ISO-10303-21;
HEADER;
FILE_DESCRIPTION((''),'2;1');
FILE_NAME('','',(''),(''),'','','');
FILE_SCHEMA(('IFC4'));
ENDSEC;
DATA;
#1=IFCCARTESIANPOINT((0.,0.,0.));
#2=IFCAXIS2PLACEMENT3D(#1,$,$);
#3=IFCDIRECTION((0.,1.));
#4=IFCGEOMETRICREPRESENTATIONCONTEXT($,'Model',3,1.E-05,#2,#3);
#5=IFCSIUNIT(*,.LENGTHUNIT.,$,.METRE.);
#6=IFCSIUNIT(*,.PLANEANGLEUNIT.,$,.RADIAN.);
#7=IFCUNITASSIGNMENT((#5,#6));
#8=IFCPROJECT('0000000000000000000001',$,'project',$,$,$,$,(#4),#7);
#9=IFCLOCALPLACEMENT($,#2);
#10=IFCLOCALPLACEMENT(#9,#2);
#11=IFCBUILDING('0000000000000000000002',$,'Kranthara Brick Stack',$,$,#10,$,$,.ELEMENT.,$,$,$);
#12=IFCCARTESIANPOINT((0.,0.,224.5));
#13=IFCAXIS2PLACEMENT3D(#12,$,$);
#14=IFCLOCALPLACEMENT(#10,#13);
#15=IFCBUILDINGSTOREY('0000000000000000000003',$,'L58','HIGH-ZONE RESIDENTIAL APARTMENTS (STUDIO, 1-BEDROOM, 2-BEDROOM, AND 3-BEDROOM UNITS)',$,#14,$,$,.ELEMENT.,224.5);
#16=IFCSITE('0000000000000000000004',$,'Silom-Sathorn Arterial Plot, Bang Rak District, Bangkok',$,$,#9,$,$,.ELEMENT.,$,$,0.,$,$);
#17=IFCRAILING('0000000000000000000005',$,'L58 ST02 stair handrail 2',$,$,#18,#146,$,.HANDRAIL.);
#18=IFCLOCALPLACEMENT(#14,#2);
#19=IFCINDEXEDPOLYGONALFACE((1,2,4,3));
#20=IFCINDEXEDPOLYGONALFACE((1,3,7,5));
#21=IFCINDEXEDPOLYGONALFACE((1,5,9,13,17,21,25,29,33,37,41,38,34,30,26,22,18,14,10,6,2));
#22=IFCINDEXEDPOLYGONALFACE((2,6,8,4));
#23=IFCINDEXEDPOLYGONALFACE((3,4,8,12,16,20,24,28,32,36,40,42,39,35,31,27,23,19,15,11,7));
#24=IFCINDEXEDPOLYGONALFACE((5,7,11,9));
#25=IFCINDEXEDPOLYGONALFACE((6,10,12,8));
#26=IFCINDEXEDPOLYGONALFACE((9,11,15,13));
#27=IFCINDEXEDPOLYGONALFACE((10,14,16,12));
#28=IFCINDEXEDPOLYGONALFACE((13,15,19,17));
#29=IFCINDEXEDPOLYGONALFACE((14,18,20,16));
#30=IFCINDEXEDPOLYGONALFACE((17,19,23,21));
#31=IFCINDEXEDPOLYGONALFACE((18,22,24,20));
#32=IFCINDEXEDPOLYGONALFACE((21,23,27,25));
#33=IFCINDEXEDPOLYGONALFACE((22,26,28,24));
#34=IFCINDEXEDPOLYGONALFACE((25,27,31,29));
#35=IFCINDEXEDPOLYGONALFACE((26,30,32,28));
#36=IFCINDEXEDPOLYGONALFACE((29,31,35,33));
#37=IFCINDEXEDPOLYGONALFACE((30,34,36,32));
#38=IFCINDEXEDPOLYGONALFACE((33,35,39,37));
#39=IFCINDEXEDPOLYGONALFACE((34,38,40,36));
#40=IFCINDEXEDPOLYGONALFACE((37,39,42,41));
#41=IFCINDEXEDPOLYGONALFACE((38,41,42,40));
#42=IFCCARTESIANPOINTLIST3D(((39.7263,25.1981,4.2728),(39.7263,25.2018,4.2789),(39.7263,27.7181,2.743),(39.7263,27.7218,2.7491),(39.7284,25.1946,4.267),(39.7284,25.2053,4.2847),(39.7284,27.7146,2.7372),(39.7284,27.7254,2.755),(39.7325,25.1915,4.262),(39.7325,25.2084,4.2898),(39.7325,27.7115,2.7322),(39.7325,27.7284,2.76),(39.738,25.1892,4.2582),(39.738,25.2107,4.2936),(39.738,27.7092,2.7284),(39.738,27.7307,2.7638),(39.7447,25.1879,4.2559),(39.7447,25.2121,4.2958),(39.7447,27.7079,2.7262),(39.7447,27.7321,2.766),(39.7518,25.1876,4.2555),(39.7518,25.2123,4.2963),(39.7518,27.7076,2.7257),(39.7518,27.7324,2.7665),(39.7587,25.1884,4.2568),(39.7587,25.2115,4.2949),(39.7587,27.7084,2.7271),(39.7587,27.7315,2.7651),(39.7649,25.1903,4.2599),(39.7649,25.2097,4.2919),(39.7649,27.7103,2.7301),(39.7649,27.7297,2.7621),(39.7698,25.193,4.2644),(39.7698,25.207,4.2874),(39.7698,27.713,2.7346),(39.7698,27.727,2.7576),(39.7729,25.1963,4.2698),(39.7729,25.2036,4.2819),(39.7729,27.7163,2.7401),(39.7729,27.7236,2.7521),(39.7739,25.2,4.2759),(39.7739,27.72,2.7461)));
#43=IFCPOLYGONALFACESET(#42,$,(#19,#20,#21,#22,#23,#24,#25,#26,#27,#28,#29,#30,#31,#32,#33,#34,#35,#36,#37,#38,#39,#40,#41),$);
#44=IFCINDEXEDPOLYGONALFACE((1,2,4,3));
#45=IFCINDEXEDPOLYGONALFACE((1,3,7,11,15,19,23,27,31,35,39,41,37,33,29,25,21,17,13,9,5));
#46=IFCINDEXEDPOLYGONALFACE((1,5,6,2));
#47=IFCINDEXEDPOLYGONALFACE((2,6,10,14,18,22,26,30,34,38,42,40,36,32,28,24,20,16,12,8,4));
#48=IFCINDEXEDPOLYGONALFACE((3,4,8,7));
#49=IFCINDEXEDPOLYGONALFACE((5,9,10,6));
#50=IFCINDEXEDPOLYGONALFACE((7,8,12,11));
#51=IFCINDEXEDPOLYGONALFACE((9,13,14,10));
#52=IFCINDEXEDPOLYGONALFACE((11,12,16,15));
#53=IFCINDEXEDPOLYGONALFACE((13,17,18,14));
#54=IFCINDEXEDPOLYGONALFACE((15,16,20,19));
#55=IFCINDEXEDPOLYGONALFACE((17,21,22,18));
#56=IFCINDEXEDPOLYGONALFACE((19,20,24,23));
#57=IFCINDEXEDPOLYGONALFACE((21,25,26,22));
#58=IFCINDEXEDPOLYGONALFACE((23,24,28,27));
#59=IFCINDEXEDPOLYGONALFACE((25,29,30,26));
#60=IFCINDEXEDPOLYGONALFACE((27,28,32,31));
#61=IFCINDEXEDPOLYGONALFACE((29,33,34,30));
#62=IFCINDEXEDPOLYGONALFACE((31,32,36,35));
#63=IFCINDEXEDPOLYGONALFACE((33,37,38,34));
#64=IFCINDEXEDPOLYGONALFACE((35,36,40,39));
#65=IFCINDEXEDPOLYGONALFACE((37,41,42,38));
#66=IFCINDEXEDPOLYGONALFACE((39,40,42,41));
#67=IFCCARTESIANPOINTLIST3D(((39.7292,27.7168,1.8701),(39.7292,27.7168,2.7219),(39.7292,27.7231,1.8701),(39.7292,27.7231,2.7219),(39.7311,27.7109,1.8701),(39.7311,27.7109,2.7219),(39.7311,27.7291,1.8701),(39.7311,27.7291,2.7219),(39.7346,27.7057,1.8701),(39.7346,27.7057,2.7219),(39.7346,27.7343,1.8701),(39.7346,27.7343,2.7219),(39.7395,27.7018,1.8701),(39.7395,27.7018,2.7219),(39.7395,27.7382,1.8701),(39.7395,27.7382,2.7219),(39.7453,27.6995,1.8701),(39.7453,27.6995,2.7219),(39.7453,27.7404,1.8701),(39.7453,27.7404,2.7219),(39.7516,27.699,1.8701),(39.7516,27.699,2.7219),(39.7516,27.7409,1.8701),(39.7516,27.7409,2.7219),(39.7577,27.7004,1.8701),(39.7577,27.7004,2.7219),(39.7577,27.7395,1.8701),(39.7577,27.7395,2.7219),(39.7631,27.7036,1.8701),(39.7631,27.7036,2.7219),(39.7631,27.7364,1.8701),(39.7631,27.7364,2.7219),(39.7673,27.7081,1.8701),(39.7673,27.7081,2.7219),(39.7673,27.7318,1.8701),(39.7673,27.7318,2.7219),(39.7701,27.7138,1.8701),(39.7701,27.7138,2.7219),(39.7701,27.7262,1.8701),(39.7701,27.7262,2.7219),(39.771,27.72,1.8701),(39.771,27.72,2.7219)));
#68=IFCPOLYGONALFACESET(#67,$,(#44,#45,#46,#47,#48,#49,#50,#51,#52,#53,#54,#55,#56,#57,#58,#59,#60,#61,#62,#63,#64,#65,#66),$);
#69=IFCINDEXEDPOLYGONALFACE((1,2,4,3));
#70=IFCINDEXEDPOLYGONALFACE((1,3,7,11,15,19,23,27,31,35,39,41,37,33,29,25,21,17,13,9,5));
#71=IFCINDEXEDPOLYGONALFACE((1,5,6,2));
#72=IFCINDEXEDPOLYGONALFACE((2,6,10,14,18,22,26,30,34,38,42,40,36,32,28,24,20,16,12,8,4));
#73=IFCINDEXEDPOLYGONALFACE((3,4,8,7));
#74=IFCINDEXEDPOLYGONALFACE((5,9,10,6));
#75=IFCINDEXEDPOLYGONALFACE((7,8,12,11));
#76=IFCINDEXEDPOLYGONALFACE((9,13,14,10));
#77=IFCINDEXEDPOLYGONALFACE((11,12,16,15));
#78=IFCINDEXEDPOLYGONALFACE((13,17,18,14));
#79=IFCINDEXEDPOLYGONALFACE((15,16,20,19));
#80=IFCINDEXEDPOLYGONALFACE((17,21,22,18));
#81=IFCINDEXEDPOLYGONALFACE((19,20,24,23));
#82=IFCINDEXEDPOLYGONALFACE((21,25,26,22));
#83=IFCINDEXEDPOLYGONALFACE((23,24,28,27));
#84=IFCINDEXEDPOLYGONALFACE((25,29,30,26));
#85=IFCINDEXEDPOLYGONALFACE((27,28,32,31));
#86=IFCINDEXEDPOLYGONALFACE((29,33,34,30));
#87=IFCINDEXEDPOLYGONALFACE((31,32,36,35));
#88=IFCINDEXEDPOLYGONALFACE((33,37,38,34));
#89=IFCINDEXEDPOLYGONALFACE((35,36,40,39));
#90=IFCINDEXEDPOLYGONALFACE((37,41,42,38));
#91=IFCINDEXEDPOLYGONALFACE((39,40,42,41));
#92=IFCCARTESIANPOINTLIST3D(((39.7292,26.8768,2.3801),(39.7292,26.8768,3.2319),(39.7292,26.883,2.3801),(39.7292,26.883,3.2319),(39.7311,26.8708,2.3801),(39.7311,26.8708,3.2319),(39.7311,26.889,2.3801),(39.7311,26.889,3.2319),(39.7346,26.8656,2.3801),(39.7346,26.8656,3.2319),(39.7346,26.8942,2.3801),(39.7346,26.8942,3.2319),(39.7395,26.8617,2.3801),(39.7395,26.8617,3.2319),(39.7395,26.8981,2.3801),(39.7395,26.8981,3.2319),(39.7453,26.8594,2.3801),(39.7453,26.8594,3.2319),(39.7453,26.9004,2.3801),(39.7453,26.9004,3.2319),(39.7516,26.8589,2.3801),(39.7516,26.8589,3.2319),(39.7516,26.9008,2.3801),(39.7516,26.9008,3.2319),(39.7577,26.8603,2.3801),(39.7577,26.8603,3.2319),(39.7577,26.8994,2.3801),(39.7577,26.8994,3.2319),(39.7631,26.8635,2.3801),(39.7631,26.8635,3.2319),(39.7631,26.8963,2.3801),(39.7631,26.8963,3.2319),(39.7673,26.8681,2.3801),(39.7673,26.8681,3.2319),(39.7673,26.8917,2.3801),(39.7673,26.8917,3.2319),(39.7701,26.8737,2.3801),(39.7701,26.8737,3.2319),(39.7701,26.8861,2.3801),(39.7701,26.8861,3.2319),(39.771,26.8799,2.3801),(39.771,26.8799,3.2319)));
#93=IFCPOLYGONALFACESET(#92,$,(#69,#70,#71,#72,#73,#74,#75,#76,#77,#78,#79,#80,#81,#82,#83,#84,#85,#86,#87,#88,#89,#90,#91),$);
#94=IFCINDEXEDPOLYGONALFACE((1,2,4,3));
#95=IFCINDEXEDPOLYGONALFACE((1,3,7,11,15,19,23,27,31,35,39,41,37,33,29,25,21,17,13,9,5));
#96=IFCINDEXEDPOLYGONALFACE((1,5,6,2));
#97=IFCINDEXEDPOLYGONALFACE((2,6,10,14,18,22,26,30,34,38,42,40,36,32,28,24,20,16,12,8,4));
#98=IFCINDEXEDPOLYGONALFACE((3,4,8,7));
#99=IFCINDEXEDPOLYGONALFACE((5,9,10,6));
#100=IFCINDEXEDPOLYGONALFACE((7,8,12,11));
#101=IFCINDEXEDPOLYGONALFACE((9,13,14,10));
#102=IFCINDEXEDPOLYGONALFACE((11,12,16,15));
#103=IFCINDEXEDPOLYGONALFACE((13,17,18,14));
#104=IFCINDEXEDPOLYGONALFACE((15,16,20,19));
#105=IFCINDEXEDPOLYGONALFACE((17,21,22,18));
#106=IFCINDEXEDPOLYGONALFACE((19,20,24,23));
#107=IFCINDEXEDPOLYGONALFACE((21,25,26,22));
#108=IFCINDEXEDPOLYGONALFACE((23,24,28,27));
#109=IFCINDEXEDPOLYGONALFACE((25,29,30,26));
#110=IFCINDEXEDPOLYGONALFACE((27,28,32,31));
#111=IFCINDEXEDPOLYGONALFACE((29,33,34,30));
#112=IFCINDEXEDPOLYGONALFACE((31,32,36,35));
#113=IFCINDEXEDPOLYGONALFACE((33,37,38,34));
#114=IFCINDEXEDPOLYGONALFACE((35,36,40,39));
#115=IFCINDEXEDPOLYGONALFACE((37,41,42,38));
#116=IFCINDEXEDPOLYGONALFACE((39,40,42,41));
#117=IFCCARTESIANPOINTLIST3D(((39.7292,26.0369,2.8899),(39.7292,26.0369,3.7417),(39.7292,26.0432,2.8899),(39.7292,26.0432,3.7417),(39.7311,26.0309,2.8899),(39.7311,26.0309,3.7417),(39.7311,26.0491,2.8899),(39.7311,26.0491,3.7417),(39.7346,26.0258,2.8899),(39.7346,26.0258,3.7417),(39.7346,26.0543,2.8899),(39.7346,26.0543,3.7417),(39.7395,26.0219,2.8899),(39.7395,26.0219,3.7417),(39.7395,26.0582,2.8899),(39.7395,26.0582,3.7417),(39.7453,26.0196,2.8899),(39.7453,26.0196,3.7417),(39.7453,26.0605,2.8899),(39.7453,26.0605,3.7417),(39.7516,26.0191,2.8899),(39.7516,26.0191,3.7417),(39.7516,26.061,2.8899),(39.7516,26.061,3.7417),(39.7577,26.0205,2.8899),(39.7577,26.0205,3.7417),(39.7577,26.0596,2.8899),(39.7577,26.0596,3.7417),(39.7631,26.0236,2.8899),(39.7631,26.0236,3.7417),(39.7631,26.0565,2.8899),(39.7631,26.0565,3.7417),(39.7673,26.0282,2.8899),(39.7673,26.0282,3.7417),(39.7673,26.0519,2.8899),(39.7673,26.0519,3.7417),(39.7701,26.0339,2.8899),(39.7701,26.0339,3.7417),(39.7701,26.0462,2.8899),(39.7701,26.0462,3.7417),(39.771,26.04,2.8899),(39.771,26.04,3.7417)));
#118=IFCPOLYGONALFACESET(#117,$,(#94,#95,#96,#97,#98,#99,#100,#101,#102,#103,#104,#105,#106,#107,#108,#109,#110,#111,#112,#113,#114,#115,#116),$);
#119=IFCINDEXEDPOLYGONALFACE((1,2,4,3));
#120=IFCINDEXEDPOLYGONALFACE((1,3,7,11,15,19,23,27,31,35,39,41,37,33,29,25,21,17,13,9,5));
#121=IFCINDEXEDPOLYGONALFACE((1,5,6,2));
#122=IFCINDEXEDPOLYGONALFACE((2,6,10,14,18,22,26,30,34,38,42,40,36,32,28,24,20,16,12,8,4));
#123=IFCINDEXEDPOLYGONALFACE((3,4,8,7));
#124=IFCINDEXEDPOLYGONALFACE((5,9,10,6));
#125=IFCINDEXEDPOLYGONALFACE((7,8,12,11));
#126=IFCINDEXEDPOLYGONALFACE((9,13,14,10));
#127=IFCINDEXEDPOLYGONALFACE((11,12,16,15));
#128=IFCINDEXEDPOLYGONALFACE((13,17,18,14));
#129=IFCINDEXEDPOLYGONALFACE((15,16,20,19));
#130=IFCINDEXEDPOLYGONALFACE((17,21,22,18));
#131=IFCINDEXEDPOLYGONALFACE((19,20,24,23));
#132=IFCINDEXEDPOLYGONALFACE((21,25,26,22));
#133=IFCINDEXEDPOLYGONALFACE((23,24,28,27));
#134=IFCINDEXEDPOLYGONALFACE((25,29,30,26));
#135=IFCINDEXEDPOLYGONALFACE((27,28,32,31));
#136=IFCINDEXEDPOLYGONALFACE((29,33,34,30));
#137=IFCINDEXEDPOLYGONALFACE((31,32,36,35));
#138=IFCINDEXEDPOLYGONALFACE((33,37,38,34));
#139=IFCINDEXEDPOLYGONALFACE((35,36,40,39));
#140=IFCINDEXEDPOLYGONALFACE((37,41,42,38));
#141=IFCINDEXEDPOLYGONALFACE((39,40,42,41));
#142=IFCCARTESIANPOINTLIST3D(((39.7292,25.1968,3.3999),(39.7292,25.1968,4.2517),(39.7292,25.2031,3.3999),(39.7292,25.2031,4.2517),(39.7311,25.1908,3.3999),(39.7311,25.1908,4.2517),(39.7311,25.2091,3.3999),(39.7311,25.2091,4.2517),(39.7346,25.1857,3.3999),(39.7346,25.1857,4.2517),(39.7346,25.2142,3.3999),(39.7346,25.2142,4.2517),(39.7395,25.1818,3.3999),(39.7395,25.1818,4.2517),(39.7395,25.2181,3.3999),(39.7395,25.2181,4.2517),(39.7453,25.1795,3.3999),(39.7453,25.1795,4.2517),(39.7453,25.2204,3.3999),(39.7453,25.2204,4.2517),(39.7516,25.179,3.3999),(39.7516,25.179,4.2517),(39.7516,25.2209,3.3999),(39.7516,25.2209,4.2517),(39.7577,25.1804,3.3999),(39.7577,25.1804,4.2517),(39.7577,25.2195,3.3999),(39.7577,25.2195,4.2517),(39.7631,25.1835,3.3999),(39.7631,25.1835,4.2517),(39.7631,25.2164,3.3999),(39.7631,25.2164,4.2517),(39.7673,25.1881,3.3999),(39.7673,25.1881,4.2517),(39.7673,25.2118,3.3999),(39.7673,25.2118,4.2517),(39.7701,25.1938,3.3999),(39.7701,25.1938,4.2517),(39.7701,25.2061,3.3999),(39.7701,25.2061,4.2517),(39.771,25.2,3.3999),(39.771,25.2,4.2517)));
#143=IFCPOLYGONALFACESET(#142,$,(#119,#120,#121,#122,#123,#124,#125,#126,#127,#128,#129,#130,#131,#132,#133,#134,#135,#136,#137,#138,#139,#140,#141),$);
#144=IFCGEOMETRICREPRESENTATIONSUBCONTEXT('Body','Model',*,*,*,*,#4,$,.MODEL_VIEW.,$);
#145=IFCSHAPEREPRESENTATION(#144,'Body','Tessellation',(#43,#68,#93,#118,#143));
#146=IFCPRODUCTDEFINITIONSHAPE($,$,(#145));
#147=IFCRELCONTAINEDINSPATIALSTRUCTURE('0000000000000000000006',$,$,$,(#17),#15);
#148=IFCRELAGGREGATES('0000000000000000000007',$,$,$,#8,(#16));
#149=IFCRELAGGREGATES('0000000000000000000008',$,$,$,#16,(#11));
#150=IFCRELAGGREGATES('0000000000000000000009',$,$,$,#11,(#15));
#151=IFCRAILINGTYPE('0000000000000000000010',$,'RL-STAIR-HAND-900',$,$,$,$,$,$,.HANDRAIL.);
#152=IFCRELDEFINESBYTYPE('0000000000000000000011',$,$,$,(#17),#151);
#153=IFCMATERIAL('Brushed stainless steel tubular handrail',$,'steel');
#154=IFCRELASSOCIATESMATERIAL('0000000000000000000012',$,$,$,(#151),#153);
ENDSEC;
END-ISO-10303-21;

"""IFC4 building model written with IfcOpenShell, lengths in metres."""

from ifc_helpers import new_model, si_unit, direction, frame, origin, origin_2d, place, context, subcontext, project, spatial, circle, extrude, material, type_object, element, save


model = new_model("IFC4")

# Units and contexts
model_context = context("Model", 3, precision=1e-05, world=origin(), true_north=direction((0.0, 1.0)))
body_context = subcontext(model_context, "Body", "Model", "MODEL_VIEW")
ifc_project = project(units=[si_unit("LENGTHUNIT", "METRE"), si_unit("PLANEANGLEUNIT", "RADIAN")], contexts=[model_context])

# Site, building, storey
site_placement = place(None, origin())
site = spatial("IfcSite", under=ifc_project, at=site_placement, Name="Silom-Sathorn Arterial Plot, Bang Rak District, Bangkok", CompositionType="ELEMENT", RefElevation=0.0)
building_placement = place(site_placement, origin())
building = spatial("IfcBuilding", under=site, at=building_placement, Name="Kranthara Brick Stack", CompositionType="ELEMENT")
storey_placement = place(building_placement, frame((0.0, 0.0, 224.5)))
storey = spatial("IfcBuildingStorey", under=building, at=storey_placement, Name="L58", Description="HIGH-ZONE RESIDENTIAL APARTMENTS (STUDIO, 1-BEDROOM, 2-BEDROOM, AND 3-BEDROOM UNITS)", CompositionType="ELEMENT", Elevation=224.5)

# Railing
ifc_material_1 = material(Name="Brushed stainless steel tubular handrail", Category="steel")
railing_type_1 = type_object("IfcRailingType", Name="RL-STAIR-HAND-900", PredefinedType="HANDRAIL", material=ifc_material_1)
railing_1_placement = place(storey_placement, frame((39.75, 27.72, 1.8701)))
element("IfcRailing", 1, at=railing_1_placement, inside=storey, type_object=railing_type_1, Name="L58 ST02 stair handrail 2", PredefinedType="HANDRAIL", context=body_context, shape_type="SweptSolid", body=[
    extrude(circle(Radius=0.0239, at=origin_2d()), frame((0.0, 0.0, 0.876), z_axis=(0.0, -0.854822, 0.518922), x_axis=(1.0, 0.0, 0.0)), (0.0, 0.0, 1.0), 2.948),
    extrude(circle(Radius=0.021, at=origin_2d()), origin(), (0.0, 0.0, 1.0), 0.8518),
    extrude(circle(Radius=0.021, at=origin_2d()), frame((0.0, -0.8401, 0.51)), (0.0, 0.0, 1.0), 0.8518),
    extrude(circle(Radius=0.021, at=origin_2d()), frame((0.0, -1.6799, 1.0198)), (0.0, 0.0, 1.0), 0.8518),
    extrude(circle(Radius=0.021, at=origin_2d()), frame((0.0, -2.52, 1.5298)), (0.0, 0.0, 1.0), 0.8518),
])

save(model, "model.ifc")
